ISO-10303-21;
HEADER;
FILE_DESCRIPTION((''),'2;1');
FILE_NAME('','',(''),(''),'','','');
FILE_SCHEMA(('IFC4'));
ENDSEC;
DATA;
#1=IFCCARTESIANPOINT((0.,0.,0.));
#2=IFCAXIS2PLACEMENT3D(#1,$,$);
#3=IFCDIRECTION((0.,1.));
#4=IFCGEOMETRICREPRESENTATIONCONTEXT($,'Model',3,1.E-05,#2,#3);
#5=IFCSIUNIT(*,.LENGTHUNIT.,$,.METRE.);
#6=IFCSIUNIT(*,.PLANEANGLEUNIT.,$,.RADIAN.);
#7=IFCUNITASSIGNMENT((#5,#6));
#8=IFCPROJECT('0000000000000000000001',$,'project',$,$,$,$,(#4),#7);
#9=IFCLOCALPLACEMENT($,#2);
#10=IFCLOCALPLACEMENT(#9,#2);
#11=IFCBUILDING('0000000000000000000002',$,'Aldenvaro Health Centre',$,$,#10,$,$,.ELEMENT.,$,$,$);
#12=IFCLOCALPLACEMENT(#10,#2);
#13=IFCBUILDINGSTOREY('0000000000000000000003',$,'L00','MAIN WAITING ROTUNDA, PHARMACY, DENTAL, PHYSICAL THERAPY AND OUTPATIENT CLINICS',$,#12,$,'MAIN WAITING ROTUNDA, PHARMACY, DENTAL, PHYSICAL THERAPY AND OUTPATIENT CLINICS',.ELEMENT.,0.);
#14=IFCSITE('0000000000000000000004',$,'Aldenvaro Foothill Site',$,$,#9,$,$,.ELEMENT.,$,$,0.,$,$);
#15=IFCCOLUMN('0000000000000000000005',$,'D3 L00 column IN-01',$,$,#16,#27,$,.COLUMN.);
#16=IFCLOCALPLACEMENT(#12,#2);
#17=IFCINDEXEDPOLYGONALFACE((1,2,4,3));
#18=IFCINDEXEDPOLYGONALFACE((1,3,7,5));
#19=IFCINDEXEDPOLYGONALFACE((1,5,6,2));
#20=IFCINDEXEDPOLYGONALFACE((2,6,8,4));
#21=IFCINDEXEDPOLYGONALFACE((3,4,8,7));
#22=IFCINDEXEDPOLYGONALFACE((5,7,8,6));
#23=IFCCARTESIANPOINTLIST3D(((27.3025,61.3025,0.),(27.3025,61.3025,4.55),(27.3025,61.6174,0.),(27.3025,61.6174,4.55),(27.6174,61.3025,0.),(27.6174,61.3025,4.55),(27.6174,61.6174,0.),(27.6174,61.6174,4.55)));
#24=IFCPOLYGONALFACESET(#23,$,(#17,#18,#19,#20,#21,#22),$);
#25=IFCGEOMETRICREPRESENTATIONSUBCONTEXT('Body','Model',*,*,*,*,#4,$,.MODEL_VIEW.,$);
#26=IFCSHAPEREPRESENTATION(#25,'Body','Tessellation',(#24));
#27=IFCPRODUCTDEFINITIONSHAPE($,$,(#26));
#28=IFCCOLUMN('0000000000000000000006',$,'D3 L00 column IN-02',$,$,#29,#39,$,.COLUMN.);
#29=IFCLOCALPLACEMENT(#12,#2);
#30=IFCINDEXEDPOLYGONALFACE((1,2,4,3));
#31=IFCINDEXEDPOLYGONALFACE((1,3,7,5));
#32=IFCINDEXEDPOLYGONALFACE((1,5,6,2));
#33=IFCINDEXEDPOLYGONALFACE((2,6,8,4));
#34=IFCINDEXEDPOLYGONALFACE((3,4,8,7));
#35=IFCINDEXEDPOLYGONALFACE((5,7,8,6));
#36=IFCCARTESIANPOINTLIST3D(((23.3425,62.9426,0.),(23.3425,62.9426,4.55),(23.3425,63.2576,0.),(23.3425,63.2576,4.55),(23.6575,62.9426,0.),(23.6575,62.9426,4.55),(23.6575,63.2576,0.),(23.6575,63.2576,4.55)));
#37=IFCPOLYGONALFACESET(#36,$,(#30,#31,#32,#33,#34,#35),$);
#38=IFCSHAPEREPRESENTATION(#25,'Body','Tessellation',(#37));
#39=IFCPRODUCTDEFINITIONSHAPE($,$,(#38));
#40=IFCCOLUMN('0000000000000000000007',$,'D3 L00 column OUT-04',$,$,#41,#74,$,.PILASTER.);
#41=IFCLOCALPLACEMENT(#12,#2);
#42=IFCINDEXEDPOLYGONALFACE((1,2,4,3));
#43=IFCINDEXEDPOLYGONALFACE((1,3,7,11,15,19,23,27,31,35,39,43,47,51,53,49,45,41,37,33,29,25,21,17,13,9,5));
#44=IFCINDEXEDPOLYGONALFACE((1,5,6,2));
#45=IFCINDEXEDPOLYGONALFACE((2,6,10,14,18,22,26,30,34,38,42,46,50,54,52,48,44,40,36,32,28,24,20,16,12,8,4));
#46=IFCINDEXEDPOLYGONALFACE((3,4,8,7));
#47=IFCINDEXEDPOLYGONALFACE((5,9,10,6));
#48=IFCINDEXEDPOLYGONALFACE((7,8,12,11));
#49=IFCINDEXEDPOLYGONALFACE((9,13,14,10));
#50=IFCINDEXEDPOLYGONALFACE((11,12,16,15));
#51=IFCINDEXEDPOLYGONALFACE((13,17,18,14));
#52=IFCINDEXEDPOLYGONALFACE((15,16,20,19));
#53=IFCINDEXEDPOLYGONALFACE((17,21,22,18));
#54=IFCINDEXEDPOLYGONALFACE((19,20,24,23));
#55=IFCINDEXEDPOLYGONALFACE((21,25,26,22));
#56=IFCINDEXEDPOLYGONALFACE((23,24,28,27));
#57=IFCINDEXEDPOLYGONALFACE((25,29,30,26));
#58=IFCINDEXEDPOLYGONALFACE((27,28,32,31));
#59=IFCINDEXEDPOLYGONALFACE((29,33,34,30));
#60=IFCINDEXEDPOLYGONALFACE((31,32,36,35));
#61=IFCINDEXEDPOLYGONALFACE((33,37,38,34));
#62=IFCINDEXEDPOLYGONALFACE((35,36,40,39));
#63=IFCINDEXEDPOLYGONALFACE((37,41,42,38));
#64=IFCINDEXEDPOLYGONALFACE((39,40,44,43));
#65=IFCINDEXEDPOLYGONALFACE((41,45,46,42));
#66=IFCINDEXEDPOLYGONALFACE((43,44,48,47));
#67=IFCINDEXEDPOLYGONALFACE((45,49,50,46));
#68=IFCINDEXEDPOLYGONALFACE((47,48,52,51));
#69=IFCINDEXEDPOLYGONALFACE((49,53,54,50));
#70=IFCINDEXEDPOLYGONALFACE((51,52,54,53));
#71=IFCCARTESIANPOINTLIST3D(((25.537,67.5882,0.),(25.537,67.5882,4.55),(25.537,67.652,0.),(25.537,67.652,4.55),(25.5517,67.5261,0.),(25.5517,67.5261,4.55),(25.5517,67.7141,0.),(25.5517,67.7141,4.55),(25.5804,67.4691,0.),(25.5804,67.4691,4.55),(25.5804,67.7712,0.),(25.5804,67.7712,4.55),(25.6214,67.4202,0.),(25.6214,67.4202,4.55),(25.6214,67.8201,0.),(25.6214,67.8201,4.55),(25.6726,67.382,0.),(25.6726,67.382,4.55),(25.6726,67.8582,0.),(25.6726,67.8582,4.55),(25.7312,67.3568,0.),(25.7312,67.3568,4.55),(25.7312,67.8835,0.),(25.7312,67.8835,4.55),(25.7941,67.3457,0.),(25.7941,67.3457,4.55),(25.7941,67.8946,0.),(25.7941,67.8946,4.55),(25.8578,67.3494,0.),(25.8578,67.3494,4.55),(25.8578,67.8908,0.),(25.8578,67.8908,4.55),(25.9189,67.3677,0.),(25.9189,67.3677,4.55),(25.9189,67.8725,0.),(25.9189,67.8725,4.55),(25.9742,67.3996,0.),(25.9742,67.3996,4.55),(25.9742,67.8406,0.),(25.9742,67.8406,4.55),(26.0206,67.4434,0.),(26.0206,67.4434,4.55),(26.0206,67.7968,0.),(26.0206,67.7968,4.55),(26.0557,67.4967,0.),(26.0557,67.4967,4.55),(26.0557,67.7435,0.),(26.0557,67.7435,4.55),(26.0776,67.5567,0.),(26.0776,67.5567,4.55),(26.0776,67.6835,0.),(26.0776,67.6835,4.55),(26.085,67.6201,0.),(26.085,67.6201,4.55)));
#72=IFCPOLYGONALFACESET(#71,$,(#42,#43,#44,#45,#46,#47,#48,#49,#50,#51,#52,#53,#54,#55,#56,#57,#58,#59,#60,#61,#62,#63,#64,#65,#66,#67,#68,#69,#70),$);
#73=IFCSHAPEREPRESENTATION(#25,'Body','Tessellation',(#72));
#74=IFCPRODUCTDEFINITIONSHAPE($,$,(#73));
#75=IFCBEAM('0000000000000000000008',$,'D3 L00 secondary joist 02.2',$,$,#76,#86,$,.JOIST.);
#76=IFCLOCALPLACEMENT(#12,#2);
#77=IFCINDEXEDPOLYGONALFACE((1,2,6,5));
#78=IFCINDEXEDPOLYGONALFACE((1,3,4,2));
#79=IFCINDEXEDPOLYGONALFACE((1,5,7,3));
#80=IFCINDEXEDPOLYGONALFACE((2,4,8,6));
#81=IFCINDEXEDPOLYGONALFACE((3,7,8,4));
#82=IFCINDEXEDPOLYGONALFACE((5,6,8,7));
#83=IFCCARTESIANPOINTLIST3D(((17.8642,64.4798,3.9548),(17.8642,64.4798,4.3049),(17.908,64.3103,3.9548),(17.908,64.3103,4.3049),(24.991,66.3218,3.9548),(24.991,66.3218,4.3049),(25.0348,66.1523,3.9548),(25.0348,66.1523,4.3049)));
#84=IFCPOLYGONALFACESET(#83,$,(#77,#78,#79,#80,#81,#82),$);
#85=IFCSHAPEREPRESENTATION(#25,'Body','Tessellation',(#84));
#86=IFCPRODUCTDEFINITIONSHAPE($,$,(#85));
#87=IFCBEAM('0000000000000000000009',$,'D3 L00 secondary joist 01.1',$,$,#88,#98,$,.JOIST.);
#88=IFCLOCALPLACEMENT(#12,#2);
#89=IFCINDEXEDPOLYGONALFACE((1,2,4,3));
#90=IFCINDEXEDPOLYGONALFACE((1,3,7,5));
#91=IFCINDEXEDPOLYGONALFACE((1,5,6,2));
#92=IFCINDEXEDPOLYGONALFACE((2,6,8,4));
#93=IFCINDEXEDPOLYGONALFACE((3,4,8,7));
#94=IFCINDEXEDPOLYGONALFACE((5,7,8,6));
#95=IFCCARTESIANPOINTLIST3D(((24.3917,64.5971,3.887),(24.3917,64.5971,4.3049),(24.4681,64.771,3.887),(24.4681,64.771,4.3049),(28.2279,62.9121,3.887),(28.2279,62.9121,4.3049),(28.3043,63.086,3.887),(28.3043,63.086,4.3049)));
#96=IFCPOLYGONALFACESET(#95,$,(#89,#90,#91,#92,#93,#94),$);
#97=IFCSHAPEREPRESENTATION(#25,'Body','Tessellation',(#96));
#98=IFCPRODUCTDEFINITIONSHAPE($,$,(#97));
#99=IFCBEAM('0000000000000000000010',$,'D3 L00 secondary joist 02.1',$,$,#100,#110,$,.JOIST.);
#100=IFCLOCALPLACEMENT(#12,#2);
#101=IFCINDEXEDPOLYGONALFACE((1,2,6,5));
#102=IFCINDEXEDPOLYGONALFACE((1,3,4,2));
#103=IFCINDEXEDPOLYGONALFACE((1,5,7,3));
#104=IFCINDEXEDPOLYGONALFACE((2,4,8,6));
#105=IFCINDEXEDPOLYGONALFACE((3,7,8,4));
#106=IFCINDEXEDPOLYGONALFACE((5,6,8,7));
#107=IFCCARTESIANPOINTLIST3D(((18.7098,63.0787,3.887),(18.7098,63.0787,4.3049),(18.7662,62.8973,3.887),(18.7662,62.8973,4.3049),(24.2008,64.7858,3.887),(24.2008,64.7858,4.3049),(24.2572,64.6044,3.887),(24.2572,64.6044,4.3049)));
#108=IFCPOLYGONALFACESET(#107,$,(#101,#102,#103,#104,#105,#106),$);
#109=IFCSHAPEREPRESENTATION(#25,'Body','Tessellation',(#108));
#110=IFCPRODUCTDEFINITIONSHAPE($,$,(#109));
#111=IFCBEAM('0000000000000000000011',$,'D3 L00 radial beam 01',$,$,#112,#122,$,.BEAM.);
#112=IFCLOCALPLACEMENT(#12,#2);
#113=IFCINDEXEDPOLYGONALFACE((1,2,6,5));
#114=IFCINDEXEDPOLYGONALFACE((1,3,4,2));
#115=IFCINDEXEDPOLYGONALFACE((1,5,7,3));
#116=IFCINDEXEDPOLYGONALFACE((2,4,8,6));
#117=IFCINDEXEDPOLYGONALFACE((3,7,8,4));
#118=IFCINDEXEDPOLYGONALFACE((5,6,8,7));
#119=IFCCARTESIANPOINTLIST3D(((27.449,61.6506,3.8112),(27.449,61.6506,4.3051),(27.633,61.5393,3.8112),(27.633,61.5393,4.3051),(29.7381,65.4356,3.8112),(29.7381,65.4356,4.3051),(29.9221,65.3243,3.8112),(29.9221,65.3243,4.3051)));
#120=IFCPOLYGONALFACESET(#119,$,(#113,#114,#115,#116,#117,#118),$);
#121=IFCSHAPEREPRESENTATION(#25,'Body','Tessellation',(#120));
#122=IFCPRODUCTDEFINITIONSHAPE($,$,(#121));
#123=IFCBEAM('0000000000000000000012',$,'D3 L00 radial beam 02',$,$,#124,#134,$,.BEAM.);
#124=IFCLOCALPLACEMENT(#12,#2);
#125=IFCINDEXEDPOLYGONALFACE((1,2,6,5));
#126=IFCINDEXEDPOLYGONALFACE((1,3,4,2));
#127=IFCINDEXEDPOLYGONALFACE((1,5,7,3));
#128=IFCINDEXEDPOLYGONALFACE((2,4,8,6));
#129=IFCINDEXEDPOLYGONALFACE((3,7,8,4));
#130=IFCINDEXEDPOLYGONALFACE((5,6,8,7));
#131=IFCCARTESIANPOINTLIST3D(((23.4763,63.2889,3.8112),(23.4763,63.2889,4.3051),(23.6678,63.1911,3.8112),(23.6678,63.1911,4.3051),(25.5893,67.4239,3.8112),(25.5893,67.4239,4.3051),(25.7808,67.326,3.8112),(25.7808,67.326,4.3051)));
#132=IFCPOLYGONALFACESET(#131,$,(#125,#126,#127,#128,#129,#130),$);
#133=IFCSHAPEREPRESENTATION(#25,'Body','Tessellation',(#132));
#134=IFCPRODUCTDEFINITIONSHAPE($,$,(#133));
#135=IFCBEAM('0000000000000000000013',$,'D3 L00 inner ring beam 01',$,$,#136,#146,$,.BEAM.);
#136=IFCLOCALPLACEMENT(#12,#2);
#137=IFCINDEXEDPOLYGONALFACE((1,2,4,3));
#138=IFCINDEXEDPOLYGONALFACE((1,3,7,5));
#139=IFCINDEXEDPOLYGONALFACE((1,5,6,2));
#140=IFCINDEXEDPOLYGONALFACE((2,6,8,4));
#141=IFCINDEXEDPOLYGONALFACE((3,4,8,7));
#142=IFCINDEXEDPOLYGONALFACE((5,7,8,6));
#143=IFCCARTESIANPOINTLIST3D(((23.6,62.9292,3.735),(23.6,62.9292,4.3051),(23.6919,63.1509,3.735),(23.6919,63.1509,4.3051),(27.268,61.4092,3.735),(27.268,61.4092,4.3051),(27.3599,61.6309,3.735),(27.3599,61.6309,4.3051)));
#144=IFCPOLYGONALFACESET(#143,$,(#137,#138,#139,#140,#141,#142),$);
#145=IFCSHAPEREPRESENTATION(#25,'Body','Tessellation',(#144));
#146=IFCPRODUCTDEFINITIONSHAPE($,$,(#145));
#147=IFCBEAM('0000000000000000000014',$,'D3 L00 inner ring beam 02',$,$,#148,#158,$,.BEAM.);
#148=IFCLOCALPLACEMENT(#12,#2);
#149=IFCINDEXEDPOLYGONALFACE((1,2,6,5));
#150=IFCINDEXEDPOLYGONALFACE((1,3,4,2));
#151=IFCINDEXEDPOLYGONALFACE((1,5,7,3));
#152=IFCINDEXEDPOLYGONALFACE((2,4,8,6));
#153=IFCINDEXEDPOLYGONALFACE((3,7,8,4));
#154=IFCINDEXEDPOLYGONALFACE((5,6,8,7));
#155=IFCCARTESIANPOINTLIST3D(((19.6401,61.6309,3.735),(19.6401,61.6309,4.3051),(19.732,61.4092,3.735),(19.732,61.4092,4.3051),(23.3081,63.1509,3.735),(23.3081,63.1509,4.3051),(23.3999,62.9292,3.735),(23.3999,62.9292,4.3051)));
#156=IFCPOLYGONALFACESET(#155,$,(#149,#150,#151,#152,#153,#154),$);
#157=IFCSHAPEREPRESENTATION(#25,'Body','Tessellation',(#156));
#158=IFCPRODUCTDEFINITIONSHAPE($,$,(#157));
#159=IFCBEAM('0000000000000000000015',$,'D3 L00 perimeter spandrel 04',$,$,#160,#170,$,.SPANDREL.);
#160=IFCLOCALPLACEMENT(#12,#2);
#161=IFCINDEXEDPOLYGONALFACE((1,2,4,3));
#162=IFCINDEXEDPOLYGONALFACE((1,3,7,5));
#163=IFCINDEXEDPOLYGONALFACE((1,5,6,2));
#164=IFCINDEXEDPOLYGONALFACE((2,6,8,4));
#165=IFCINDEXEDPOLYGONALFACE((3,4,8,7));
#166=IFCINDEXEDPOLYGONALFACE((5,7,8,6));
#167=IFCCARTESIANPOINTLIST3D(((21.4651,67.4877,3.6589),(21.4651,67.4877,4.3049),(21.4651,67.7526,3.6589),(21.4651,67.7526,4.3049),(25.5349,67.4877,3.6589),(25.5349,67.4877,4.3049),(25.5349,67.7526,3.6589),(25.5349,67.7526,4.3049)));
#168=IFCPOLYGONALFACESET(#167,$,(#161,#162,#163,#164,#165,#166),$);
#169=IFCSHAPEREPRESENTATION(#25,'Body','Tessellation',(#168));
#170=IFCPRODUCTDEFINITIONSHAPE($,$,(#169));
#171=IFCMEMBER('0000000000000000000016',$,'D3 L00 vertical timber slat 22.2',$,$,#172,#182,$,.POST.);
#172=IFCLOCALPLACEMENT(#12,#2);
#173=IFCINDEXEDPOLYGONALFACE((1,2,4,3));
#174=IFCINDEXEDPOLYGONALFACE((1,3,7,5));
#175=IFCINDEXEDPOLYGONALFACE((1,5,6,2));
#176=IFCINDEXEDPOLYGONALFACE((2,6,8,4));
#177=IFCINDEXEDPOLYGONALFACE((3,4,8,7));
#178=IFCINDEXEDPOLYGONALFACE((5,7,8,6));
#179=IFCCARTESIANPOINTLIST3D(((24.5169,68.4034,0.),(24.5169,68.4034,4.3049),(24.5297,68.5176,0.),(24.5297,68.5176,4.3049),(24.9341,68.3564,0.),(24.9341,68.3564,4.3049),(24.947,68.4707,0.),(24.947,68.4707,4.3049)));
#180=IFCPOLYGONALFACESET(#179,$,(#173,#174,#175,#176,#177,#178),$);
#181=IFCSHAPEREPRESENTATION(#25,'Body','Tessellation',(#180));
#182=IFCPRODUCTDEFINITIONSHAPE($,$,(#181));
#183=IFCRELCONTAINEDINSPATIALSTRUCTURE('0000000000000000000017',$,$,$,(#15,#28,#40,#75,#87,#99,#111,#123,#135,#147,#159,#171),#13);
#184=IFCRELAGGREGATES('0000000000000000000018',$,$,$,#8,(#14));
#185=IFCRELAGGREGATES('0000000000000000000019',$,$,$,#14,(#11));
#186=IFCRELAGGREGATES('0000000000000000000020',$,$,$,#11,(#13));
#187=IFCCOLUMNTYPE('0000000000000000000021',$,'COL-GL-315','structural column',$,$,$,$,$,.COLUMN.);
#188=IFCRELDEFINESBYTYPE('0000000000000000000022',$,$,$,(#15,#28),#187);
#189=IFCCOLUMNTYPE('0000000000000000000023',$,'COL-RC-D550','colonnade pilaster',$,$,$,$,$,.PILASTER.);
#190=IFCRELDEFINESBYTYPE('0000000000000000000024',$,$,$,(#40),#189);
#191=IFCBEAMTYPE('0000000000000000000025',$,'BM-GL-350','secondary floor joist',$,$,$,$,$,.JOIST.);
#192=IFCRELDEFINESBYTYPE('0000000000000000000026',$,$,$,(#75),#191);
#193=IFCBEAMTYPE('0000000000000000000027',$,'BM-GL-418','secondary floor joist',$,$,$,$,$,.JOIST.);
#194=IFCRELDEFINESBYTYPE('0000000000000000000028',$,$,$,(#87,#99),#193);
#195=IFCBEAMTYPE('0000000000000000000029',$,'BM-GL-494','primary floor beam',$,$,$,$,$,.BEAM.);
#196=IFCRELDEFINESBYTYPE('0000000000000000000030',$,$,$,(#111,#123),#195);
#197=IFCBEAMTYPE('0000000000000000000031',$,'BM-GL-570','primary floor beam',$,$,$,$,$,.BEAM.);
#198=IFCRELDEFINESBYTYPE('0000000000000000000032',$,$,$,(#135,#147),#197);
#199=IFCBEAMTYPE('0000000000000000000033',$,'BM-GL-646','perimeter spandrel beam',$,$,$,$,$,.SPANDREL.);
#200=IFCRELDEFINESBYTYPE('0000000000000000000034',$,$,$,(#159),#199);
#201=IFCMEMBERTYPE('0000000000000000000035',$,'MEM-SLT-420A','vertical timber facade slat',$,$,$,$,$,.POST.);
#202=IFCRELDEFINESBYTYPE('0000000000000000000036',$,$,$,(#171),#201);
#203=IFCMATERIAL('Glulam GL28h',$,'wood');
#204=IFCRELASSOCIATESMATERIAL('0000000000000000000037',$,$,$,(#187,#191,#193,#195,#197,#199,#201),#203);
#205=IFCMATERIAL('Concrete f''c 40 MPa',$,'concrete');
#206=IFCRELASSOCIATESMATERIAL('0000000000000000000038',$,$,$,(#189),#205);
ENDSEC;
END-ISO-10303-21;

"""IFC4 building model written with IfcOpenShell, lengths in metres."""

from ifc_helpers import new_model, si_unit, direction, frame, origin, origin_2d, place, context, subcontext, project, spatial, rectangle, circle, extrude, material, material_profile, profile_set, type_object, element, save


model = new_model("IFC4")

# Units and contexts
model_context = context("Model", 3, precision=1e-05, world=origin(), true_north=direction((0.0, 1.0)))
body_context = subcontext(model_context, "Body", "Model", "MODEL_VIEW")
ifc_project = project(units=[si_unit("LENGTHUNIT", "METRE"), si_unit("PLANEANGLEUNIT", "RADIAN")], contexts=[model_context])

# Site, building, storey
site_placement = place(None, origin())
site = spatial("IfcSite", under=ifc_project, at=site_placement, Name="Aldenvaro Foothill Site", CompositionType="ELEMENT", RefElevation=0.0)
building_placement = place(site_placement, origin())
building = spatial("IfcBuilding", under=site, at=building_placement, Name="Aldenvaro Health Centre", CompositionType="ELEMENT")
storey_placement = place(building_placement, origin())
storey = spatial("IfcBuildingStorey", under=building, at=storey_placement, Name="L00", Description="MAIN WAITING ROTUNDA, PHARMACY, DENTAL, PHYSICAL THERAPY AND OUTPATIENT CLINICS", LongName="MAIN WAITING ROTUNDA, PHARMACY, DENTAL, PHYSICAL THERAPY AND OUTPATIENT CLINICS", CompositionType="ELEMENT", Elevation=0.0)

# Columns
ifc_material_1 = material(Name="Glulam GL28h", Category="wood")
ifc_material_profile_1 = material_profile(ifc_material_1, rectangle(XDim=0.3149, YDim=0.3149, at=origin_2d()), Name="GL 315x315", Category="wood")
ifc_profile_set_1 = profile_set([ifc_material_profile_1], Name="Glulam GL28h")
column_type_1 = type_object("IfcColumnType", Name="COL-GL-315", Description="structural column", PredefinedType="COLUMN", material=ifc_profile_set_1)
for number, where, z_axis, x_axis, name in (
    (1, (27.46, 61.46, 0.0), (0.0, 0.0, 1.0), (1.0, 0.0, 0.0), "D3 L00 column IN-01"),
    (2, (23.5, 63.1001, 0.0), (0.0, 0.0, 1.0), (1.0, 0.0, 0.0), "D3 L00 column IN-02"),
):
    element("IfcColumn", number, at=place(storey_placement, frame(where, z_axis=z_axis, x_axis=x_axis)), inside=storey, type_object=column_type_1, Name=name, PredefinedType="COLUMN", context=body_context, shape_type="SweptSolid", body=[
        extrude(rectangle(XDim=0.3149, YDim=0.3149, at=origin_2d()), origin(), (0.0, 0.0, 1.0), 4.55),
    ])
ifc_material_2 = material(Name="Concrete f'c 40 MPa", Category="concrete")
ifc_material_profile_2 = material_profile(ifc_material_2, circle(Radius=0.2749, at=origin_2d()), Name="RC D550", Category="concrete")
ifc_profile_set_2 = profile_set([ifc_material_profile_2], Name="Concrete f'c 40 MPa")
column_type_2 = type_object("IfcColumnType", Name="COL-RC-D550", Description="colonnade pilaster", PredefinedType="PILASTER", material=ifc_profile_set_2)
column_placement = place(storey_placement, frame((25.8101, 67.6201, 0.0), z_axis=(0.0, 0.0, 1.0), x_axis=(1.0, 0.0, 0.0)))
element("IfcColumn", 3, at=column_placement, inside=storey, type_object=column_type_2, Name="D3 L00 column OUT-04", PredefinedType="PILASTER", context=body_context, shape_type="SweptSolid", body=[
    extrude(circle(Radius=0.2749, at=origin_2d()), origin(), (0.0, 0.0, 1.0), 4.55),
])

# Beams
ifc_material_profile_3 = material_profile(ifc_material_1, rectangle(XDim=0.175, YDim=0.3501, at=origin_2d()), Name="GL 175x350", Category="wood")
ifc_profile_set_3 = profile_set([ifc_material_profile_3], Name="Glulam GL28h")
beam_type_1 = type_object("IfcBeamType", Name="BM-GL-350", Description="secondary floor joist", PredefinedType="JOIST", material=ifc_profile_set_3)
beam_1_placement = place(storey_placement, frame((25.0129, 66.2371, 4.1299), z_axis=(-0.968184, -0.250238, 0.0), x_axis=(0.250238, -0.968184, 0.0)))
element("IfcBeam", 4, at=beam_1_placement, inside=storey, type_object=beam_type_1, Name="D3 L00 secondary joist 02.2", PredefinedType="JOIST", context=body_context, shape_type="SweptSolid", body=[
    extrude(rectangle(XDim=0.175, YDim=0.3501, at=origin_2d()), origin(), (0.0, 0.0, 1.0), 7.3611),
])
ifc_material_profile_4 = material_profile(ifc_material_1, rectangle(XDim=0.1899, YDim=0.418, at=origin_2d()), Name="GL 190x418", Category="wood")
ifc_profile_set_4 = profile_set([ifc_material_profile_4], Name="Glulam GL28h")
beam_type_2 = type_object("IfcBeamType", Name="BM-GL-418", Description="secondary floor joist", PredefinedType="JOIST", material=ifc_profile_set_4)
beam_2_placement = place(storey_placement, frame((28.2661, 62.999, 4.0959), z_axis=(-0.915567, 0.402166, 0.0), x_axis=(-0.402166, -0.915567, 0.0)))
element("IfcBeam", 5, at=beam_2_placement, inside=storey, type_object=beam_type_2, Name="D3 L00 secondary joist 01.1", PredefinedType="JOIST", context=body_context, shape_type="SweptSolid", body=[
    extrude(rectangle(XDim=0.1899, YDim=0.418, at=origin_2d()), origin(), (0.0, 0.0, 1.0), 4.1899),
])
beam_3_placement = place(storey_placement, frame((24.229, 64.6951, 4.0959), z_axis=(-0.954919, -0.296865, 0.0), x_axis=(0.296865, -0.954919, 0.0)))
element("IfcBeam", 6, at=beam_3_placement, inside=storey, type_object=beam_type_2, Name="D3 L00 secondary joist 02.1", PredefinedType="JOIST", context=body_context, shape_type="SweptSolid", body=[
    extrude(rectangle(XDim=0.1899, YDim=0.418, at=origin_2d()), origin(), (0.0, 0.0, 1.0), 5.7502),
])
ifc_material_profile_5 = material_profile(ifc_material_1, rectangle(XDim=0.2151, YDim=0.4939, at=origin_2d()), Name="GL 215x494", Category="wood")
ifc_profile_set_5 = profile_set([ifc_material_profile_5], Name="Glulam GL28h")
beam_type_3 = type_object("IfcBeamType", Name="BM-GL-494", Description="primary floor beam", PredefinedType="BEAM", material=ifc_profile_set_5)
beam_4_placement = place(storey_placement, frame((27.541, 61.595, 4.0581), z_axis=(0.517504, 0.855681, 0.0), x_axis=(-0.855681, 0.517504, 0.0)))
element("IfcBeam", 7, at=beam_4_placement, inside=storey, type_object=beam_type_3, Name="D3 L00 radial beam 01", PredefinedType="BEAM", context=body_context, shape_type="SweptSolid", body=[
    extrude(rectangle(XDim=0.2151, YDim=0.4939, at=origin_2d()), origin(), (0.0, 0.0, 1.0), 4.4233),
])
beam_5_placement = place(storey_placement, frame((23.572, 63.24, 4.0581), z_axis=(0.455041, 0.890471, 0.0), x_axis=(-0.890471, 0.455041, 0.0)))
element("IfcBeam", 8, at=beam_5_placement, inside=storey, type_object=beam_type_3, Name="D3 L00 radial beam 02", PredefinedType="BEAM", context=body_context, shape_type="SweptSolid", body=[
    extrude(rectangle(XDim=0.2151, YDim=0.4939, at=origin_2d()), origin(), (0.0, 0.0, 1.0), 4.6436),
])
ifc_material_profile_6 = material_profile(ifc_material_1, rectangle(XDim=0.24, YDim=0.5701, at=origin_2d()), Name="GL 240x570", Category="wood")
ifc_profile_set_6 = profile_set([ifc_material_profile_6], Name="Glulam GL28h")
beam_type_4 = type_object("IfcBeamType", Name="BM-GL-570", Description="primary floor beam", PredefinedType="BEAM", material=ifc_profile_set_6)
for number, where, z_axis, x_axis, name in (
    (9, (27.314, 61.52, 4.02), (-0.923817, 0.382833, 0.0), (-0.382833, -0.923817, 0.0), "D3 L00 inner ring beam 01"),
    (10, (23.354, 63.04, 4.02), (-0.923817, -0.382833, 0.0), (0.382833, -0.923817, 0.0), "D3 L00 inner ring beam 02"),
):
    element("IfcBeam", number, at=place(storey_placement, frame(where, z_axis=z_axis, x_axis=x_axis)), inside=storey, type_object=beam_type_4, Name=name, PredefinedType="BEAM", context=body_context, shape_type="SweptSolid", body=[
        extrude(rectangle(XDim=0.24, YDim=0.5701, at=origin_2d()), origin(), (0.0, 0.0, 1.0), 3.9705),
    ])
ifc_material_profile_7 = material_profile(ifc_material_1, rectangle(XDim=0.2649, YDim=0.646, at=origin_2d()), Name="GL 265x646", Category="wood")
ifc_profile_set_7 = profile_set([ifc_material_profile_7], Name="Glulam GL28h")
beam_type_5 = type_object("IfcBeamType", Name="BM-GL-646", Description="perimeter spandrel beam", PredefinedType="SPANDREL", material=ifc_profile_set_7)
beam_6_placement = place(storey_placement, frame((25.5349, 67.6201, 3.9819), z_axis=(-1.0, 0.0, 0.0), x_axis=(0.0, -1.0, 0.0)))
element("IfcBeam", 11, at=beam_6_placement, inside=storey, type_object=beam_type_5, Name="D3 L00 perimeter spandrel 04", PredefinedType="SPANDREL", context=body_context, shape_type="SweptSolid", body=[
    extrude(rectangle(XDim=0.2649, YDim=0.646, at=origin_2d()), origin(), (0.0, 0.0, 1.0), 4.0698),
])

# Member
ifc_material_profile_8 = material_profile(ifc_material_1, rectangle(XDim=0.115, YDim=0.4199, at=origin_2d()), Name="GL 115x420", Category="wood")
ifc_profile_set_8 = profile_set([ifc_material_profile_8], Name="Glulam GL28h")
member_type_1 = type_object("IfcMemberType", Name="MEM-SLT-420A", Description="vertical timber facade slat", PredefinedType="POST", material=ifc_profile_set_8)
for number, where, z_axis, x_axis, name in (
    (12, (24.7319, 68.437, 0.0), (0.0, 0.0, 1.0), (0.111871, 0.993723, 0.0), "D3 L00 vertical timber slat 22.2"),
):
    element("IfcMember", number, at=place(storey_placement, frame(where, z_axis=z_axis, x_axis=x_axis)), inside=storey, type_object=member_type_1, Name=name, PredefinedType="POST", context=body_context, shape_type="SweptSolid", body=[
        extrude(rectangle(XDim=0.115, YDim=0.4199, at=origin_2d()), origin(), (0.0, 0.0, 1.0), 4.3049),
    ])

save(model, "model.ifc")
